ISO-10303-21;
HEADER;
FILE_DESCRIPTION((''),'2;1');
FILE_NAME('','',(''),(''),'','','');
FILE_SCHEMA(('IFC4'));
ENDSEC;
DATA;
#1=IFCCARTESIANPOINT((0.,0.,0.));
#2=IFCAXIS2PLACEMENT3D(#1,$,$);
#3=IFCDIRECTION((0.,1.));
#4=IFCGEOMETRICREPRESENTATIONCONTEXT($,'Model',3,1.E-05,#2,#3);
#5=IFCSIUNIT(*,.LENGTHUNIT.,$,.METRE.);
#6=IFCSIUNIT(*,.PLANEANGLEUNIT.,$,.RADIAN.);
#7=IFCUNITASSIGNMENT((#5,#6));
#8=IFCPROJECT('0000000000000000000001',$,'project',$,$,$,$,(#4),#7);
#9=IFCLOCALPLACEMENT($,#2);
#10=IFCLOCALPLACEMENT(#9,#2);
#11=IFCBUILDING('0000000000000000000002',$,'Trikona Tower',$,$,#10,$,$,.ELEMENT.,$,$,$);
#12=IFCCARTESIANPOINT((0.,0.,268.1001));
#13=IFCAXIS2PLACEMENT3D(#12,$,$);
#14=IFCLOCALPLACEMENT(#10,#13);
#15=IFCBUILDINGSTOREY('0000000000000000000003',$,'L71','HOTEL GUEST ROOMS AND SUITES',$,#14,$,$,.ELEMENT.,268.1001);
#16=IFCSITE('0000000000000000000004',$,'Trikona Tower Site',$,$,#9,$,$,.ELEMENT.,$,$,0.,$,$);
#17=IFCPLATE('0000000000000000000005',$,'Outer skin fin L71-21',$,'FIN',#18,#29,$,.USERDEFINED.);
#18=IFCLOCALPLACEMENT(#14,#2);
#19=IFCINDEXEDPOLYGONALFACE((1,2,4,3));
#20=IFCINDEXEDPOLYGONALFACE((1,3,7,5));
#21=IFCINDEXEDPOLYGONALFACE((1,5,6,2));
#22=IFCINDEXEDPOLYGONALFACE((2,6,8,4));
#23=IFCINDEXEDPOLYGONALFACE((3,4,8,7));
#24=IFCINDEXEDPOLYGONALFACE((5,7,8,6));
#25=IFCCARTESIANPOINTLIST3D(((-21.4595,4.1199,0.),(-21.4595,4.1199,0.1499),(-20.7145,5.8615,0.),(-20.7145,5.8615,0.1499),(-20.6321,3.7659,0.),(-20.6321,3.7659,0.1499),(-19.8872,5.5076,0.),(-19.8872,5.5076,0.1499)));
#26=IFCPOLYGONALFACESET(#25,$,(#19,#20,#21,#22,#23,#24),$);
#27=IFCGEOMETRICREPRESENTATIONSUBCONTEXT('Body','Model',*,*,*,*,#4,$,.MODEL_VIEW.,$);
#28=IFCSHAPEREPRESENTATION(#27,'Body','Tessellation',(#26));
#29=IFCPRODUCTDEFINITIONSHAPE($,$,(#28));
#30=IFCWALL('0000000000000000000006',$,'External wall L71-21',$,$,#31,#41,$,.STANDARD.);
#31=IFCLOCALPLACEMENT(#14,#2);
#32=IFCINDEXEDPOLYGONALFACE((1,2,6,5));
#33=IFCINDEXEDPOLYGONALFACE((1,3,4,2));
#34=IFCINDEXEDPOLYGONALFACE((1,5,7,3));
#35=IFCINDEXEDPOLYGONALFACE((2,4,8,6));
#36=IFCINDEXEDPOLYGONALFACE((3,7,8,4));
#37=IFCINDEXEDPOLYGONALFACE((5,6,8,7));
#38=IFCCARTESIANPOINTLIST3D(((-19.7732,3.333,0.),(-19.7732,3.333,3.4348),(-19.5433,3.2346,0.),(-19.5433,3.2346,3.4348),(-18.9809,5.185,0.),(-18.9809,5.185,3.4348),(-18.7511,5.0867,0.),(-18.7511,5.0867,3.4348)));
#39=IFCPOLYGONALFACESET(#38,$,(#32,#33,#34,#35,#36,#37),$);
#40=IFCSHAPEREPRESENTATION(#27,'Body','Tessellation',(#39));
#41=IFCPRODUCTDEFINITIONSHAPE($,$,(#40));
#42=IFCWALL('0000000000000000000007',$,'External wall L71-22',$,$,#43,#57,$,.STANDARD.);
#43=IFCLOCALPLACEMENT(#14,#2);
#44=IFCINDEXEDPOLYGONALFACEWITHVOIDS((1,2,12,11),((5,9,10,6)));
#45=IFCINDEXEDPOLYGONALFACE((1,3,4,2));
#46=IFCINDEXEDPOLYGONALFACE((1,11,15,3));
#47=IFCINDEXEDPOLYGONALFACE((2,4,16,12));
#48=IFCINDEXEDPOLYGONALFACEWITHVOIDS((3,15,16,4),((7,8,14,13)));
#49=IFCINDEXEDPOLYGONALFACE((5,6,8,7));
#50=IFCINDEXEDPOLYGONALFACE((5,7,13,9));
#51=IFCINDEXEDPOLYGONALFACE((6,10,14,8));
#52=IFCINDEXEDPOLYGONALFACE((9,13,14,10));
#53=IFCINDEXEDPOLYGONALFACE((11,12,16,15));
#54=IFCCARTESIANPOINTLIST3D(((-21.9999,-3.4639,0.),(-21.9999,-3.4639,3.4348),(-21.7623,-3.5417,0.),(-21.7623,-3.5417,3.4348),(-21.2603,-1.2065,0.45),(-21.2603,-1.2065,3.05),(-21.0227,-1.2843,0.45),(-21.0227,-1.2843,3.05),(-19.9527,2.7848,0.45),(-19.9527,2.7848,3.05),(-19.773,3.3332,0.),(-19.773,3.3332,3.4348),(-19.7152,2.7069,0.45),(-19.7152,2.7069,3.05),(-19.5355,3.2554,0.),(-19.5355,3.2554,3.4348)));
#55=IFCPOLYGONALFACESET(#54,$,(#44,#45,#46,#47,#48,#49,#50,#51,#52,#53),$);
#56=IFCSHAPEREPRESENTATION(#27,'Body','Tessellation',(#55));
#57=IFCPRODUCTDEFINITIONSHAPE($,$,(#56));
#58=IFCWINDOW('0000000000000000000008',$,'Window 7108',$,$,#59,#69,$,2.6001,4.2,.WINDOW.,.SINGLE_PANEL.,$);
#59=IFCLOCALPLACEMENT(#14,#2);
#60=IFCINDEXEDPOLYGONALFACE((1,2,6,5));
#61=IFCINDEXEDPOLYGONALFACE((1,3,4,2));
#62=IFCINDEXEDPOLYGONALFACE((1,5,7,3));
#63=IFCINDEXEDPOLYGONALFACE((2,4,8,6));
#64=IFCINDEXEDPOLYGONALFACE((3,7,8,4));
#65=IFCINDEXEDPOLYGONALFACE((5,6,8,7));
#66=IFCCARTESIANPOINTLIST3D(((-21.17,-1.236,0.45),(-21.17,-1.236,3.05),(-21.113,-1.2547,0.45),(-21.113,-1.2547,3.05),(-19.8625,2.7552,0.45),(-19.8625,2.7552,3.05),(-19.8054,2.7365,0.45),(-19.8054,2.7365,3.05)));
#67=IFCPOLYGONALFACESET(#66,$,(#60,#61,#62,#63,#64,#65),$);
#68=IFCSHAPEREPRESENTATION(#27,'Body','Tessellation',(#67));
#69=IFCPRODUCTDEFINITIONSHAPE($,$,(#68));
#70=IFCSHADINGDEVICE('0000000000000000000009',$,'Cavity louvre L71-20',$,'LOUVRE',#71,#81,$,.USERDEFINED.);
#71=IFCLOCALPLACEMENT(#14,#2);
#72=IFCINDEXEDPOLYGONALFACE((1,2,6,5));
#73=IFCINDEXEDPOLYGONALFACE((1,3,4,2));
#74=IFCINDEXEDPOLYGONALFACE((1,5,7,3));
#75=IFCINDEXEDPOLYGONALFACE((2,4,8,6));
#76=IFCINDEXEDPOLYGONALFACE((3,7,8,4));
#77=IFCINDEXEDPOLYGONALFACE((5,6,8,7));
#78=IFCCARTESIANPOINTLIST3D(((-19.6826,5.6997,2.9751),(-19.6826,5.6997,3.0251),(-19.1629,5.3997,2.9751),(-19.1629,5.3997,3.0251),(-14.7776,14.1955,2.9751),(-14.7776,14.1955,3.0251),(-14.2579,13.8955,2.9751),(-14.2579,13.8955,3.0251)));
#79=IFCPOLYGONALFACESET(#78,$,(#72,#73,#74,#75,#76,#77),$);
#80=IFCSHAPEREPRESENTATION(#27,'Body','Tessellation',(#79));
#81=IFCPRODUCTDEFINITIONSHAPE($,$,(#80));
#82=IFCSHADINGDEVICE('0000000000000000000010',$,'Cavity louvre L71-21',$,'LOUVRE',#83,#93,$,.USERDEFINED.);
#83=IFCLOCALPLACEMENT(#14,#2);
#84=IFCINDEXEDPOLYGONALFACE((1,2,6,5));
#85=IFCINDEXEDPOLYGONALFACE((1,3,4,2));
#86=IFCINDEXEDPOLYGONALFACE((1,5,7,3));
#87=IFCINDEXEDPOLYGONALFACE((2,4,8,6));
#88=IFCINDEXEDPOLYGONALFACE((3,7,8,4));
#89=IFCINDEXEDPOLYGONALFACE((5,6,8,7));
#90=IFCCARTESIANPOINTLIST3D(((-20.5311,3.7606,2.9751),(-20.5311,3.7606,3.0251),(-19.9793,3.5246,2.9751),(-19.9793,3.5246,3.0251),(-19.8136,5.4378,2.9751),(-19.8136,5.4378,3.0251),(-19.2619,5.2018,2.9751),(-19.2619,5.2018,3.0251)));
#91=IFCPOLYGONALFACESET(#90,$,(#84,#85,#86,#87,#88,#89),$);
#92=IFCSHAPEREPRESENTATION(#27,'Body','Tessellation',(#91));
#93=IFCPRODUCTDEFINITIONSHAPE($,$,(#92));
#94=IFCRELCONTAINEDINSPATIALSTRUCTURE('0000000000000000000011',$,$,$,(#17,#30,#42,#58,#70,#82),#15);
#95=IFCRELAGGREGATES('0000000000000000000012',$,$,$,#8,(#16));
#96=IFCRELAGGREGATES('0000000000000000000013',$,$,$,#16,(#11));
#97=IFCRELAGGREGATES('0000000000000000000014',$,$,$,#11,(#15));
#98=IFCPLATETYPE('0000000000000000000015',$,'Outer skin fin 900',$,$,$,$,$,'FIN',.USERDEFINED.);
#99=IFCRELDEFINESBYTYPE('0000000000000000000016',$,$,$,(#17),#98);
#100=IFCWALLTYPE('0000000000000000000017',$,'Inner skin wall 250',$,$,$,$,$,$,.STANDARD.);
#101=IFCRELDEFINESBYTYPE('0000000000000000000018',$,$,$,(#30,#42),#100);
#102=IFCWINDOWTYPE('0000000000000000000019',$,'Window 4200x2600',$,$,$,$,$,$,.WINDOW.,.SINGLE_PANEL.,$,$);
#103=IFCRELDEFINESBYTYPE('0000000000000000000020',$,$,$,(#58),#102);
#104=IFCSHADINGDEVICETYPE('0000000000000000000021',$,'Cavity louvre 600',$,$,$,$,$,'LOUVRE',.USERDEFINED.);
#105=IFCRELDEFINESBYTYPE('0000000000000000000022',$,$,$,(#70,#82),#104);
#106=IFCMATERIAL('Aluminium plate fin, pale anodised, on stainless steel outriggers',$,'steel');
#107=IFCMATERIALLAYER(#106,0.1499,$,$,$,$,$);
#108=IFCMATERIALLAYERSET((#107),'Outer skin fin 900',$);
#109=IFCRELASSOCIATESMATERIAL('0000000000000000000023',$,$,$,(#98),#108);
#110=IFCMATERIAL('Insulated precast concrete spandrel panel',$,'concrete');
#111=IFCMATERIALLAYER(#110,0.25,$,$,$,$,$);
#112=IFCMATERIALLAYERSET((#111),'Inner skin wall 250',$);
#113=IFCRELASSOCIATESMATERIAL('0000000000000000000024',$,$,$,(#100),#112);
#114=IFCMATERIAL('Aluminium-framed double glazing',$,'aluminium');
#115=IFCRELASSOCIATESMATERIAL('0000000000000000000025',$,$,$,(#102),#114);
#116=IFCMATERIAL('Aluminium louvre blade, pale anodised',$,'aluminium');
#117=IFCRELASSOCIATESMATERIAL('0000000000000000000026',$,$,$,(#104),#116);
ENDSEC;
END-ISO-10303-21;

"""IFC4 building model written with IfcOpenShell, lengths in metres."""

from ifc_helpers import new_model, si_unit, direction, frame, frame_2d, origin, origin_2d, place, context, subcontext, project, spatial, rectangle, extrude, material, layer, layer_set, type_object, element, fill, save


model = new_model("IFC4")

# Units and contexts
model_context = context("Model", 3, precision=1e-05, world=origin(), true_north=direction((0.0, 1.0)))
body_context = subcontext(model_context, "Body", "Model", "MODEL_VIEW")
ifc_project = project(units=[si_unit("LENGTHUNIT", "METRE"), si_unit("PLANEANGLEUNIT", "RADIAN")], contexts=[model_context])

# Site, building, storey
site_placement = place(None, origin())
site = spatial("IfcSite", under=ifc_project, at=site_placement, Name="Trikona Tower Site", CompositionType="ELEMENT", RefElevation=0.0)
building_placement = place(site_placement, origin())
building = spatial("IfcBuilding", under=site, at=building_placement, Name="Trikona Tower", CompositionType="ELEMENT")
storey_placement = place(building_placement, frame((0.0, 0.0, 268.1001)))
storey = spatial("IfcBuildingStorey", under=building, at=storey_placement, Name="L71", Description="HOTEL GUEST ROOMS AND SUITES", CompositionType="ELEMENT", Elevation=268.1001)

# Plate
ifc_material_1 = material(Name="Aluminium plate fin, pale anodised, on stainless steel outriggers", Category="steel")
ifc_layer_1 = layer(ifc_material_1, 0.1499)
ifc_layer_set_1 = layer_set([ifc_layer_1], Name="Outer skin fin 900")
plate_type_1 = type_object("IfcPlateType", Name="Outer skin fin 900", ElementType="FIN", PredefinedType="USERDEFINED", material=ifc_layer_set_1)
plate_1_placement = place(storey_placement, frame((-20.6733, 4.8137, 0.0), z_axis=(0.0, 0.0, 1.0), x_axis=(-0.393284, -0.919417, 0.0)))
element("IfcPlate", 1, at=plate_1_placement, inside=storey, type_object=plate_type_1, Name="Outer skin fin L71-21", ObjectType="FIN", PredefinedType="USERDEFINED", context=body_context, shape_type="SweptSolid", body=[
    extrude(rectangle(XDim=1.8943, YDim=0.8999, at=origin_2d()), origin(), (0.0, 0.0, 1.0), 0.1499),
])

# Wall
ifc_material_2 = material(Name="Insulated precast concrete spandrel panel", Category="concrete")
ifc_layer_2 = layer(ifc_material_2, 0.25)
ifc_layer_set_2 = layer_set([ifc_layer_2], Name="Inner skin wall 250")
wall_type = type_object("IfcWallType", Name="Inner skin wall 250", PredefinedType="STANDARD", material=ifc_layer_set_2)
wall_1_placement = place(storey_placement, frame((-18.866, 5.136, 0.0), z_axis=(0.0, 0.0, 1.0), x_axis=(-0.39329, -0.919414, 0.0)))
element("IfcWall", 2, at=wall_1_placement, inside=storey, type_object=wall_type, Name="External wall L71-21", PredefinedType="STANDARD", context=body_context, shape_type="SweptSolid", body=[
    extrude(rectangle(XDim=2.0144, YDim=0.25, at=frame_2d((1.0073, 0.0))), origin(), (0.0, 0.0, 1.0), 3.4348),
])

# Wall, opening, window
wall_2_placement = place(storey_placement, frame((-19.6543, 3.2942, 0.0), z_axis=(0.0, 0.0, 1.0), x_axis=(-0.311329, -0.950302, 0.0)))
wall_2 = element("IfcWall", 3, at=wall_2_placement, inside=storey, type_object=wall_type, Name="External wall L71-22", PredefinedType="STANDARD", context=body_context, shape_type="SweptSolid", body=[
    extrude(rectangle(XDim=7.1526, YDim=0.25, at=frame_2d((3.5762, 0.0))), origin(), (0.0, 0.0, 1.0), 3.4348),
])
opening_placement = place(wall_2_placement, frame((0.5769, 0.0, 0.45)))
opening = element("IfcOpeningElement", 4, at=opening_placement, cuts=wall_2, PredefinedType="OPENING", context=body_context, shape_type="SweptSolid", body=[
    extrude(rectangle(XDim=4.2, YDim=2.6001, at=frame_2d((2.1001, 1.3))), frame((0.0, 0.135, 0.0), z_axis=(0.0, -1.0, 0.0), x_axis=(1.0, 0.0, 0.0)), (0.0, 0.0, 1.0), 0.27),
])
ifc_material_3 = material(Name="Aluminium-framed double glazing", Category="aluminium")
window_type = type_object("IfcWindowType", Name="Window 4200x2600", PartitioningType="SINGLE_PANEL", PredefinedType="WINDOW", material=ifc_material_3)
window_placement = place(opening_placement, origin())
window = element("IfcWindow", 5, at=window_placement, inside=storey, type_object=window_type, Name="Window 7108", OverallHeight=2.6001, OverallWidth=4.2, PartitioningType="SINGLE_PANEL", PredefinedType="WINDOW", context=body_context, shape_type="SweptSolid", body=[
    extrude(rectangle(XDim=4.2, YDim=2.6001, at=frame_2d((2.1001, 1.3))), frame((0.0, 0.03, 0.0), z_axis=(0.0, -1.0, 0.0), x_axis=(1.0, 0.0, 0.0)), (0.0, 0.0, 1.0), 0.0601),
])
fill(opening, window)

# Shading devices
ifc_material_4 = material(Name="Aluminium louvre blade, pale anodised", Category="aluminium")
shading_device_type = type_object("IfcShadingDeviceType", Name="Cavity louvre 600", ElementType="LOUVRE", PredefinedType="USERDEFINED", material=ifc_material_4)
shading_device_1_placement = place(storey_placement, frame((-16.9702, 9.7976, 2.9751), z_axis=(0.0, 0.0, 1.0), x_axis=(-0.499998, -0.866026, 0.0)))
element("IfcShadingDevice", 6, at=shading_device_1_placement, inside=storey, type_object=shading_device_type, Name="Cavity louvre L71-20", ObjectType="LOUVRE", PredefinedType="USERDEFINED", context=body_context, shape_type="SweptSolid", body=[
    extrude(rectangle(XDim=9.8101, YDim=0.6001, at=origin_2d()), origin(), (0.0, 0.0, 1.0), 0.05),
])
shading_device_2_placement = place(storey_placement, frame((-19.8965, 4.4812, 2.9751), z_axis=(0.0, 0.0, 1.0), x_axis=(-0.393284, -0.919417, 0.0)))
element("IfcShadingDevice", 7, at=shading_device_2_placement, inside=storey, type_object=shading_device_type, Name="Cavity louvre L71-21", ObjectType="LOUVRE", PredefinedType="USERDEFINED", context=body_context, shape_type="SweptSolid", body=[
    extrude(rectangle(XDim=1.8242, YDim=0.6001, at=origin_2d()), origin(), (0.0, 0.0, 1.0), 0.05),
])

save(model, "model.ifc")
